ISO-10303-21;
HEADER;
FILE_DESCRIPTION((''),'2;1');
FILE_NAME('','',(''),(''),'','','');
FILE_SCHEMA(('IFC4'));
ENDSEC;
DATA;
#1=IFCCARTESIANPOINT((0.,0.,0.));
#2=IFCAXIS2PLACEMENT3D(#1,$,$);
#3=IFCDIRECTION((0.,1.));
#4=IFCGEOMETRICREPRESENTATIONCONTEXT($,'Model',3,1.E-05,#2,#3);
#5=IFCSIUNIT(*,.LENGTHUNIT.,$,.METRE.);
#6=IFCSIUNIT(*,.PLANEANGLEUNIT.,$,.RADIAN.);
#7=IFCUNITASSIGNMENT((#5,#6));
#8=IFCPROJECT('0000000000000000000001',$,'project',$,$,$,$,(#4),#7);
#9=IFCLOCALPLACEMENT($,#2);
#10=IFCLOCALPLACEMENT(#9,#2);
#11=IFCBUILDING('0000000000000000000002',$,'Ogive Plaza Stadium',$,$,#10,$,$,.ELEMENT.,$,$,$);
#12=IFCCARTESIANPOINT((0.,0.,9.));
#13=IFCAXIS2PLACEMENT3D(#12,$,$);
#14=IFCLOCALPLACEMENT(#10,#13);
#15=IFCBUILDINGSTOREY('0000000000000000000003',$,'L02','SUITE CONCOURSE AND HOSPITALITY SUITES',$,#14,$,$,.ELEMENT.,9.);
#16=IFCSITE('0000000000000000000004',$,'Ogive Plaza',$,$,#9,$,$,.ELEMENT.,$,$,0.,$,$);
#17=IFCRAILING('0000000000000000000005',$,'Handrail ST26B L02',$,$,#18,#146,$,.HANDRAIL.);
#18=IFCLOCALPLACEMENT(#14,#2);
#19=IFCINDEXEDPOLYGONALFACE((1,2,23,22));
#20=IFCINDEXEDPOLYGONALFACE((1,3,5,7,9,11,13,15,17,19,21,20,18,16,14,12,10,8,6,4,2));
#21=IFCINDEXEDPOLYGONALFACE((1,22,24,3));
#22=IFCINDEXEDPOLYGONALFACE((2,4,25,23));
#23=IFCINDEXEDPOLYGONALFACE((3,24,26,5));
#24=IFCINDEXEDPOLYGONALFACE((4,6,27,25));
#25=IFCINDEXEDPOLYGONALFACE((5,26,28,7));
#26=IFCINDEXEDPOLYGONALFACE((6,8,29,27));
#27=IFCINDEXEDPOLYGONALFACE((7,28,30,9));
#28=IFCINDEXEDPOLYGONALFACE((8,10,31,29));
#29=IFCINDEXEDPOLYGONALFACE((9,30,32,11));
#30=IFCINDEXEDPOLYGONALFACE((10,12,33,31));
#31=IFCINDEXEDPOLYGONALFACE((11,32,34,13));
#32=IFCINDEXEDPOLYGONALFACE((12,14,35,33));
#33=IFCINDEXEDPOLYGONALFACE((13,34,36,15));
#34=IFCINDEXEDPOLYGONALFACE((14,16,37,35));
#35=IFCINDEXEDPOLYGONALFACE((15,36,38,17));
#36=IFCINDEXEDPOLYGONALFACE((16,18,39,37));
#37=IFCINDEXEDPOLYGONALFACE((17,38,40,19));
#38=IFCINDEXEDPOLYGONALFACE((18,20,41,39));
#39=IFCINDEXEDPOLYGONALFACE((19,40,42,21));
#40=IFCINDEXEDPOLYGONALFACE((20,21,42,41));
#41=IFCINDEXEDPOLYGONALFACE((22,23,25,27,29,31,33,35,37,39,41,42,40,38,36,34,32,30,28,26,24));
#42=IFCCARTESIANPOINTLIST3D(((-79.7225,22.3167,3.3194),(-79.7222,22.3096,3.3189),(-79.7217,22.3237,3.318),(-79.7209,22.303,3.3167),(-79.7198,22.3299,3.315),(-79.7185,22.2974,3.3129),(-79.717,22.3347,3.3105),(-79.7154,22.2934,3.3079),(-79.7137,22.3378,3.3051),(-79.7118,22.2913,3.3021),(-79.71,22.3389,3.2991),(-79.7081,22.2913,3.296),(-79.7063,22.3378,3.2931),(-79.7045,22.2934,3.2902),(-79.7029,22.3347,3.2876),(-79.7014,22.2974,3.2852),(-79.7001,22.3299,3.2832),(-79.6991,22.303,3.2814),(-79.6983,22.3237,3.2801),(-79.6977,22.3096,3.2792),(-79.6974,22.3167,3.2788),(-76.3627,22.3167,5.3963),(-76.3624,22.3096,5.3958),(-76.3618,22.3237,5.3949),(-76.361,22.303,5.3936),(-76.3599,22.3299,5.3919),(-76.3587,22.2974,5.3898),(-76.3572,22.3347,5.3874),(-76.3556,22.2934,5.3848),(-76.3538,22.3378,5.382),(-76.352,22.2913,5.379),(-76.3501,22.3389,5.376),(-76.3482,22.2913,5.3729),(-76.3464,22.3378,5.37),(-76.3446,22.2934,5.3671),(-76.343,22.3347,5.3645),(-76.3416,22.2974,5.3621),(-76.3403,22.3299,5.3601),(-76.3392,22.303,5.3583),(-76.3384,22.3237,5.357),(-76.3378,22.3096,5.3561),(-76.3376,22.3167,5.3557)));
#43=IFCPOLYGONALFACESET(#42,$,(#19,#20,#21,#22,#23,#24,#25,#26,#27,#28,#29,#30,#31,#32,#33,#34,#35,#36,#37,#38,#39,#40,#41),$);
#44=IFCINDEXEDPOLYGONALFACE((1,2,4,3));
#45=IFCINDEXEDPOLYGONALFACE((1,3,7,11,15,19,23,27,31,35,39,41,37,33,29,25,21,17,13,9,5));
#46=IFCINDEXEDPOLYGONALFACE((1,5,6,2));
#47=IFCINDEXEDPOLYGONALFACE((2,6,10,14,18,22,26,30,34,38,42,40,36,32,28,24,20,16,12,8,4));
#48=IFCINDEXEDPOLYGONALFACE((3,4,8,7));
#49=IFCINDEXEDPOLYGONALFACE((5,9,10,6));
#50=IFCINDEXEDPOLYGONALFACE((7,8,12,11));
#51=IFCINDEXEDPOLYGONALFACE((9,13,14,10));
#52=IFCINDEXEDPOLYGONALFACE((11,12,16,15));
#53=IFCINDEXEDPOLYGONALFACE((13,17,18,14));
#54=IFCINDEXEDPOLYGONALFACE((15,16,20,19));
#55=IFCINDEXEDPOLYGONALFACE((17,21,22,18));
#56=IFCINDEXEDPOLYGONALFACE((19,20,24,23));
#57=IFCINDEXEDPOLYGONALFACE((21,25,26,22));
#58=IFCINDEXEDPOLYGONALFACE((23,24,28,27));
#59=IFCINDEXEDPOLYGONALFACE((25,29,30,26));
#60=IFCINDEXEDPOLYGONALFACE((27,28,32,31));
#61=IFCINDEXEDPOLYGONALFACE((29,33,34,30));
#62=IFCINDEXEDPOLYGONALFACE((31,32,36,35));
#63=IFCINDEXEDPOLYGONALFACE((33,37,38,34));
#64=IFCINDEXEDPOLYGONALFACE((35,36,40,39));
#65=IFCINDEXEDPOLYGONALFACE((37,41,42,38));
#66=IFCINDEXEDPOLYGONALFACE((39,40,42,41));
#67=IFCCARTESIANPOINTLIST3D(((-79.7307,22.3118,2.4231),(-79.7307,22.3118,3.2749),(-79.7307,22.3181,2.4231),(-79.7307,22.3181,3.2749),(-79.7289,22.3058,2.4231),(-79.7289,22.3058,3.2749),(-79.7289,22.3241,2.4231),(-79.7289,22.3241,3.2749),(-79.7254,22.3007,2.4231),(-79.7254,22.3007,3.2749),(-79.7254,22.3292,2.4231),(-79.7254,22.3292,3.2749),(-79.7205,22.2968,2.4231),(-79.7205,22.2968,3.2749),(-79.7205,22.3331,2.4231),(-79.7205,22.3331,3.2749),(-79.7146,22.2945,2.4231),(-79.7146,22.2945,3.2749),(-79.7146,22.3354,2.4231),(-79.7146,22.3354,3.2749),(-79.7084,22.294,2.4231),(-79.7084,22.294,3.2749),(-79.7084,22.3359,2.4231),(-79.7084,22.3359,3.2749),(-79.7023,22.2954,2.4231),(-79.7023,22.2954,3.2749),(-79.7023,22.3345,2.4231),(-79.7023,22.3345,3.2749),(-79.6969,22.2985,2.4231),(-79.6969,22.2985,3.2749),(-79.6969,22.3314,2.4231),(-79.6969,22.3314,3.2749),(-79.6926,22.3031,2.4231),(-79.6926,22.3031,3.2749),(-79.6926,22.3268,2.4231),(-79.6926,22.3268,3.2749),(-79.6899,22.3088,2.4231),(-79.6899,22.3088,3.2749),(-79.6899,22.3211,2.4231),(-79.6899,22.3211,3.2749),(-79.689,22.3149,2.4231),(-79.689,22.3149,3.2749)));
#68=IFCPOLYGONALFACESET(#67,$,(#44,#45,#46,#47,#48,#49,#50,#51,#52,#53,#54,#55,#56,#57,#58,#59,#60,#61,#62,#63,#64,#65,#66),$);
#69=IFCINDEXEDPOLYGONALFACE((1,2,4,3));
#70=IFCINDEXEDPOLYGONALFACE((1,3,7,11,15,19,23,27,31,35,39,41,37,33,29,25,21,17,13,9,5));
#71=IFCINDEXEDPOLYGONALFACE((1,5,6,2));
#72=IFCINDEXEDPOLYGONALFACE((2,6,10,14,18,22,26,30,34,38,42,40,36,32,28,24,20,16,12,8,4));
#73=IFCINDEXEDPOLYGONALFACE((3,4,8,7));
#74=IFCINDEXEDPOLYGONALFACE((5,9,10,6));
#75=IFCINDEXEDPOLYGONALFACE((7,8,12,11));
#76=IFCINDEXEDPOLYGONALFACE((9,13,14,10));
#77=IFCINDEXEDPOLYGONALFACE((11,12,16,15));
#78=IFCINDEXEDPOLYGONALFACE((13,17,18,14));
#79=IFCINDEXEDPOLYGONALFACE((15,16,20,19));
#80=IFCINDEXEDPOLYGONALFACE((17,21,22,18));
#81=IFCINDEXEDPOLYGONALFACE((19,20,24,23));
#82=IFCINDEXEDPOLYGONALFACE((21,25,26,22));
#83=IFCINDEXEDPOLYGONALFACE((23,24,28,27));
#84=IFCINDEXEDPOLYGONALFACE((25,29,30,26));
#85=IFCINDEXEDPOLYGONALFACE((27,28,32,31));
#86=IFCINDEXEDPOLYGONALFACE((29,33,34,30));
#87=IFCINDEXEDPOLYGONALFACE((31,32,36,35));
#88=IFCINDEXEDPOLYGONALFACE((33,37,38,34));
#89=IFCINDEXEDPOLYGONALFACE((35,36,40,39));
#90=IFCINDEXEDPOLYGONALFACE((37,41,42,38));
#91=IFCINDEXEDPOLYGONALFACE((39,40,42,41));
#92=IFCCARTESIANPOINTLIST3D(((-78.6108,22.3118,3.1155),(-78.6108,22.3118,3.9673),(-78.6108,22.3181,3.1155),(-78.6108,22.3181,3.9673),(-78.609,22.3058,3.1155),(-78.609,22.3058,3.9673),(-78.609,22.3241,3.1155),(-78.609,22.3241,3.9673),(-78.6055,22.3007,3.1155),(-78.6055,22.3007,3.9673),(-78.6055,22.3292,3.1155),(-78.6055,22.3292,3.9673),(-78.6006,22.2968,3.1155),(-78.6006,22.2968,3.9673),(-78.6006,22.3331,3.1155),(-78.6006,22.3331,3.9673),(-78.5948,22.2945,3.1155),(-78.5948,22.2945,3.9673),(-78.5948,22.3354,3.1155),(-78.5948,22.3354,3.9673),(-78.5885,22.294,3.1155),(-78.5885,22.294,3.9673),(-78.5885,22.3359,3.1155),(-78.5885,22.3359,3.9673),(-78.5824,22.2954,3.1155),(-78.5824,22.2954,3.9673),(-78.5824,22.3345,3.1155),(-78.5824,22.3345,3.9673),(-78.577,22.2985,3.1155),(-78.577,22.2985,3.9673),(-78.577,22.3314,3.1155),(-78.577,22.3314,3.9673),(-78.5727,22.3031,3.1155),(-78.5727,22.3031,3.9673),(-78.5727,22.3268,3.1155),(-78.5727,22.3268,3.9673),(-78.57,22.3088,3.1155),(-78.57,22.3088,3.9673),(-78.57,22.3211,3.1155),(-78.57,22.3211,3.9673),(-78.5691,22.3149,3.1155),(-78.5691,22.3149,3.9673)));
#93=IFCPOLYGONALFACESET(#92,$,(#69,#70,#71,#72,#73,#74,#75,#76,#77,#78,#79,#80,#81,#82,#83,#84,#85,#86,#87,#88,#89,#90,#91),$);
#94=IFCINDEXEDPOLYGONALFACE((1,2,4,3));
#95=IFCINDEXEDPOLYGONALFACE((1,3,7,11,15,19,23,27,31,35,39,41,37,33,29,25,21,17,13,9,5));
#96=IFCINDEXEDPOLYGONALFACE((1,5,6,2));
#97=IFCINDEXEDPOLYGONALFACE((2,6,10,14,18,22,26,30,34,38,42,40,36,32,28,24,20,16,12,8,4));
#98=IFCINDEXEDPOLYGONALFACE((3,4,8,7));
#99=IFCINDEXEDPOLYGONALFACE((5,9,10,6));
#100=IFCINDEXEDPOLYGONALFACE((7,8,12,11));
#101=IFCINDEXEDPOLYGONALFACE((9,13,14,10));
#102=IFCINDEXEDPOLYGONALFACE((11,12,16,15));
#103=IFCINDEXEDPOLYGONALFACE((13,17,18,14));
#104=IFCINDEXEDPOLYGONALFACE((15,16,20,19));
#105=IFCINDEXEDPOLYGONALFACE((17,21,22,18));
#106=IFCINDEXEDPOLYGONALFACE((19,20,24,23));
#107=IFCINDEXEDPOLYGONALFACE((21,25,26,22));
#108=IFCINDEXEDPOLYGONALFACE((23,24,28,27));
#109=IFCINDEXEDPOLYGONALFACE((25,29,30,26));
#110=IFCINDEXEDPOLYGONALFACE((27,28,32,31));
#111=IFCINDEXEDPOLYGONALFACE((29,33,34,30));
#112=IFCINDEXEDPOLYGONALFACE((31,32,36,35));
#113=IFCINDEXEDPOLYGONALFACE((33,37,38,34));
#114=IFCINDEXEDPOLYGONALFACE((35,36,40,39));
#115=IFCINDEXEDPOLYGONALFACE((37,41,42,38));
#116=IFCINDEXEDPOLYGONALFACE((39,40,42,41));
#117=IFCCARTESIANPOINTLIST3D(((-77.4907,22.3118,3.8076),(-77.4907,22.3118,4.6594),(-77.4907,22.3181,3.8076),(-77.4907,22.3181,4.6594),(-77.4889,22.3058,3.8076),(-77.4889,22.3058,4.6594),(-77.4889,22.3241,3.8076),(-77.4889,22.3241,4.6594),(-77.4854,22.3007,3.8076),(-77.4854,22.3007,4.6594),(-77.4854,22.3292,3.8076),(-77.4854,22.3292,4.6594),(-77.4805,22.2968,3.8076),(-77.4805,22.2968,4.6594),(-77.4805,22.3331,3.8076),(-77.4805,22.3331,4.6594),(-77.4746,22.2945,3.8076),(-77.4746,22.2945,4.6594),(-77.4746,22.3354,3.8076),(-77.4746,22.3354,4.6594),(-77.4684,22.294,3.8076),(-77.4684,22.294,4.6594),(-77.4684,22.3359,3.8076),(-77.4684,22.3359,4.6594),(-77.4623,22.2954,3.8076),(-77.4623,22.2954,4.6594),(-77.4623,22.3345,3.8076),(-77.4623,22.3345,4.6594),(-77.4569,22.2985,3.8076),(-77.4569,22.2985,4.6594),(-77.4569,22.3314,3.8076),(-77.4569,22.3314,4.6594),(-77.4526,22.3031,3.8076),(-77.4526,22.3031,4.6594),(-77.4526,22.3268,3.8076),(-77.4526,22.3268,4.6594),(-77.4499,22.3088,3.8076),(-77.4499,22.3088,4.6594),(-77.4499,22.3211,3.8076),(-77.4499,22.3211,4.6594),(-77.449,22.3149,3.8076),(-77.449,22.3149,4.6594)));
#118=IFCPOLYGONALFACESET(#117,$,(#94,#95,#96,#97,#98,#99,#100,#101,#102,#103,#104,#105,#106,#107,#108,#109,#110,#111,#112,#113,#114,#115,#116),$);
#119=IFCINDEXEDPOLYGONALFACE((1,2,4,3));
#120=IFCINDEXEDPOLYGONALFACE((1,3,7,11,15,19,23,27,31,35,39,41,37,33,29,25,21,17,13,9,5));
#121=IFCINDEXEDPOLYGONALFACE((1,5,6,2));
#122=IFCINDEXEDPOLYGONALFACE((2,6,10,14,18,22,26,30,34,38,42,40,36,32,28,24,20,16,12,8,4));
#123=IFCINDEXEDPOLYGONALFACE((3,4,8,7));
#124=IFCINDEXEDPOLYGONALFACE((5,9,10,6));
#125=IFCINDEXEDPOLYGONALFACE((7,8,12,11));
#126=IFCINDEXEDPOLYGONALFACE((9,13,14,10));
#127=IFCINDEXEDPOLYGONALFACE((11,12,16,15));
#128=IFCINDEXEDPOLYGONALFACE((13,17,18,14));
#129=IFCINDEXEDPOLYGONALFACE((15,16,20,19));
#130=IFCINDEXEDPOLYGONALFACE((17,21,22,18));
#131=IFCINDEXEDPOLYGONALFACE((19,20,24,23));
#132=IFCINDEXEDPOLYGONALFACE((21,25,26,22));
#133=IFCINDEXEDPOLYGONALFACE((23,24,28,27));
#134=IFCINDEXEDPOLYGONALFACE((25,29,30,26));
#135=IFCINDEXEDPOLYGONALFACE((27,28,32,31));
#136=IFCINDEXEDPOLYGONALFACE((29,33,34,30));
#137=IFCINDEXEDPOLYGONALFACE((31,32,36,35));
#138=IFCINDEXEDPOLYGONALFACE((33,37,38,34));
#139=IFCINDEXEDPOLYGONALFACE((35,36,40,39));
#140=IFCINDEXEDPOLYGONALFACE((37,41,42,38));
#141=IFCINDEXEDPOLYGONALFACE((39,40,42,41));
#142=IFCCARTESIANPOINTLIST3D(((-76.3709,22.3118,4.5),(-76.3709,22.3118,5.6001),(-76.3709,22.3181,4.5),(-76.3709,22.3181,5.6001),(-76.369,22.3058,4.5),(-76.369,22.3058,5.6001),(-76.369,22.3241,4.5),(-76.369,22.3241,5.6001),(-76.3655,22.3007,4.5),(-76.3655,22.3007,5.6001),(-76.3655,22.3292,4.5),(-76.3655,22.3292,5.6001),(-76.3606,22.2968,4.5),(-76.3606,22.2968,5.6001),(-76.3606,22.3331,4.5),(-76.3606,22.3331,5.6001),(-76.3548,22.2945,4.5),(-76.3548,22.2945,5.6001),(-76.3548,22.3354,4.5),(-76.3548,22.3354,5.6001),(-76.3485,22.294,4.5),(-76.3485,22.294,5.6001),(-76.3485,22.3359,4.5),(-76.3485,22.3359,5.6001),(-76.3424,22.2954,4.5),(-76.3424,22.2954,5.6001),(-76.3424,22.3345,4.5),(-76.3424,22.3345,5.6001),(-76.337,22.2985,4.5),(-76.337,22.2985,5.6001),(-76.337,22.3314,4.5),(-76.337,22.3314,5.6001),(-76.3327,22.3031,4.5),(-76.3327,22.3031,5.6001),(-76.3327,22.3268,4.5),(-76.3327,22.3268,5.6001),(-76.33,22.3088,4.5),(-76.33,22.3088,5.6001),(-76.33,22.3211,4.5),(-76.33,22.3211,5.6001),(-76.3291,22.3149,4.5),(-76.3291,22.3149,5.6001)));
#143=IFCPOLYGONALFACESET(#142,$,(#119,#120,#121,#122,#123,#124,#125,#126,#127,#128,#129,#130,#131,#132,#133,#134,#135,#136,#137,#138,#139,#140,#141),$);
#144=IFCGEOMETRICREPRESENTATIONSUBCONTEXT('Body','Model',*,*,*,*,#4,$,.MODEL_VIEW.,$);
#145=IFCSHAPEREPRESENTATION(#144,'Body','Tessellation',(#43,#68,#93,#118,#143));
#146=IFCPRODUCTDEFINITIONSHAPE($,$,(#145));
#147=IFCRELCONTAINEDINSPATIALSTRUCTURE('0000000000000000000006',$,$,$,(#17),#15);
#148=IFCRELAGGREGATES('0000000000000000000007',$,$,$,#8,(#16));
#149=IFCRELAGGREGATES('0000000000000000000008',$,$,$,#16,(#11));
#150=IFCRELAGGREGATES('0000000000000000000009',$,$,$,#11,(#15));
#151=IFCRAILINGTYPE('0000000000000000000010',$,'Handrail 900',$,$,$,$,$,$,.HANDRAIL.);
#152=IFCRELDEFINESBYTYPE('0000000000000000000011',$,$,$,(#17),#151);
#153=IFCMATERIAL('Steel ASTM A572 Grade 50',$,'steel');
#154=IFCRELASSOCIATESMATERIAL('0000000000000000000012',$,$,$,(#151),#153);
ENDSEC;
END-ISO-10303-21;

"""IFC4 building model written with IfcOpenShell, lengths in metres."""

from ifc_helpers import new_model, si_unit, direction, frame, origin, origin_2d, place, context, subcontext, project, spatial, circle, extrude, material, type_object, element, save


model = new_model("IFC4")

# Units and contexts
model_context = context("Model", 3, precision=1e-05, world=origin(), true_north=direction((0.0, 1.0)))
body_context = subcontext(model_context, "Body", "Model", "MODEL_VIEW")
ifc_project = project(units=[si_unit("LENGTHUNIT", "METRE"), si_unit("PLANEANGLEUNIT", "RADIAN")], contexts=[model_context])

# Site, building, storey
site_placement = place(None, origin())
site = spatial("IfcSite", under=ifc_project, at=site_placement, Name="Ogive Plaza", CompositionType="ELEMENT", RefElevation=0.0)
building_placement = place(site_placement, origin())
building = spatial("IfcBuilding", under=site, at=building_placement, Name="Ogive Plaza Stadium", CompositionType="ELEMENT")
storey_placement = place(building_placement, frame((0.0, 0.0, 9.0)))
storey = spatial("IfcBuildingStorey", under=building, at=storey_placement, Name="L02", Description="SUITE CONCOURSE AND HOSPITALITY SUITES", CompositionType="ELEMENT", Elevation=9.0)

# Railing
ifc_material_1 = material(Name="Steel ASTM A572 Grade 50", Category="steel")
railing_type_1 = type_object("IfcRailingType", Name="Handrail 900", PredefinedType="HANDRAIL", material=ifc_material_1)
for number, where, name in (
    (1, (-79.71, 22.3149, 2.4231), "Handrail ST26B L02"),
):
    element("IfcRailing", number, at=place(storey_placement, frame(where)), inside=storey, type_object=railing_type_1, Name=name, PredefinedType="HANDRAIL", context=body_context, shape_type="SweptSolid", body=[
        extrude(circle(Radius=0.0239, at=origin_2d()), frame((0.0, 0.0, 0.876), z_axis=(0.850606, 0.0, 0.525803), x_axis=(0.0, 1.0, 0.0)), (0.0, 0.0, 1.0), 3.95),
        extrude(circle(Radius=0.021, at=origin_2d()), origin(), (0.0, 0.0, 1.0), 0.8518),
        extrude(circle(Radius=0.021, at=origin_2d()), frame((1.1199, 0.0, 0.6924)), (0.0, 0.0, 1.0), 0.8518),
        extrude(circle(Radius=0.021, at=origin_2d()), frame((2.24, 0.0, 1.3845)), (0.0, 0.0, 1.0), 0.8518),
        extrude(circle(Radius=0.021, at=origin_2d()), frame((3.3599, 0.0, 2.0769)), (0.0, 0.0, 1.0), 1.1001),
    ])

save(model, "model.ifc")
